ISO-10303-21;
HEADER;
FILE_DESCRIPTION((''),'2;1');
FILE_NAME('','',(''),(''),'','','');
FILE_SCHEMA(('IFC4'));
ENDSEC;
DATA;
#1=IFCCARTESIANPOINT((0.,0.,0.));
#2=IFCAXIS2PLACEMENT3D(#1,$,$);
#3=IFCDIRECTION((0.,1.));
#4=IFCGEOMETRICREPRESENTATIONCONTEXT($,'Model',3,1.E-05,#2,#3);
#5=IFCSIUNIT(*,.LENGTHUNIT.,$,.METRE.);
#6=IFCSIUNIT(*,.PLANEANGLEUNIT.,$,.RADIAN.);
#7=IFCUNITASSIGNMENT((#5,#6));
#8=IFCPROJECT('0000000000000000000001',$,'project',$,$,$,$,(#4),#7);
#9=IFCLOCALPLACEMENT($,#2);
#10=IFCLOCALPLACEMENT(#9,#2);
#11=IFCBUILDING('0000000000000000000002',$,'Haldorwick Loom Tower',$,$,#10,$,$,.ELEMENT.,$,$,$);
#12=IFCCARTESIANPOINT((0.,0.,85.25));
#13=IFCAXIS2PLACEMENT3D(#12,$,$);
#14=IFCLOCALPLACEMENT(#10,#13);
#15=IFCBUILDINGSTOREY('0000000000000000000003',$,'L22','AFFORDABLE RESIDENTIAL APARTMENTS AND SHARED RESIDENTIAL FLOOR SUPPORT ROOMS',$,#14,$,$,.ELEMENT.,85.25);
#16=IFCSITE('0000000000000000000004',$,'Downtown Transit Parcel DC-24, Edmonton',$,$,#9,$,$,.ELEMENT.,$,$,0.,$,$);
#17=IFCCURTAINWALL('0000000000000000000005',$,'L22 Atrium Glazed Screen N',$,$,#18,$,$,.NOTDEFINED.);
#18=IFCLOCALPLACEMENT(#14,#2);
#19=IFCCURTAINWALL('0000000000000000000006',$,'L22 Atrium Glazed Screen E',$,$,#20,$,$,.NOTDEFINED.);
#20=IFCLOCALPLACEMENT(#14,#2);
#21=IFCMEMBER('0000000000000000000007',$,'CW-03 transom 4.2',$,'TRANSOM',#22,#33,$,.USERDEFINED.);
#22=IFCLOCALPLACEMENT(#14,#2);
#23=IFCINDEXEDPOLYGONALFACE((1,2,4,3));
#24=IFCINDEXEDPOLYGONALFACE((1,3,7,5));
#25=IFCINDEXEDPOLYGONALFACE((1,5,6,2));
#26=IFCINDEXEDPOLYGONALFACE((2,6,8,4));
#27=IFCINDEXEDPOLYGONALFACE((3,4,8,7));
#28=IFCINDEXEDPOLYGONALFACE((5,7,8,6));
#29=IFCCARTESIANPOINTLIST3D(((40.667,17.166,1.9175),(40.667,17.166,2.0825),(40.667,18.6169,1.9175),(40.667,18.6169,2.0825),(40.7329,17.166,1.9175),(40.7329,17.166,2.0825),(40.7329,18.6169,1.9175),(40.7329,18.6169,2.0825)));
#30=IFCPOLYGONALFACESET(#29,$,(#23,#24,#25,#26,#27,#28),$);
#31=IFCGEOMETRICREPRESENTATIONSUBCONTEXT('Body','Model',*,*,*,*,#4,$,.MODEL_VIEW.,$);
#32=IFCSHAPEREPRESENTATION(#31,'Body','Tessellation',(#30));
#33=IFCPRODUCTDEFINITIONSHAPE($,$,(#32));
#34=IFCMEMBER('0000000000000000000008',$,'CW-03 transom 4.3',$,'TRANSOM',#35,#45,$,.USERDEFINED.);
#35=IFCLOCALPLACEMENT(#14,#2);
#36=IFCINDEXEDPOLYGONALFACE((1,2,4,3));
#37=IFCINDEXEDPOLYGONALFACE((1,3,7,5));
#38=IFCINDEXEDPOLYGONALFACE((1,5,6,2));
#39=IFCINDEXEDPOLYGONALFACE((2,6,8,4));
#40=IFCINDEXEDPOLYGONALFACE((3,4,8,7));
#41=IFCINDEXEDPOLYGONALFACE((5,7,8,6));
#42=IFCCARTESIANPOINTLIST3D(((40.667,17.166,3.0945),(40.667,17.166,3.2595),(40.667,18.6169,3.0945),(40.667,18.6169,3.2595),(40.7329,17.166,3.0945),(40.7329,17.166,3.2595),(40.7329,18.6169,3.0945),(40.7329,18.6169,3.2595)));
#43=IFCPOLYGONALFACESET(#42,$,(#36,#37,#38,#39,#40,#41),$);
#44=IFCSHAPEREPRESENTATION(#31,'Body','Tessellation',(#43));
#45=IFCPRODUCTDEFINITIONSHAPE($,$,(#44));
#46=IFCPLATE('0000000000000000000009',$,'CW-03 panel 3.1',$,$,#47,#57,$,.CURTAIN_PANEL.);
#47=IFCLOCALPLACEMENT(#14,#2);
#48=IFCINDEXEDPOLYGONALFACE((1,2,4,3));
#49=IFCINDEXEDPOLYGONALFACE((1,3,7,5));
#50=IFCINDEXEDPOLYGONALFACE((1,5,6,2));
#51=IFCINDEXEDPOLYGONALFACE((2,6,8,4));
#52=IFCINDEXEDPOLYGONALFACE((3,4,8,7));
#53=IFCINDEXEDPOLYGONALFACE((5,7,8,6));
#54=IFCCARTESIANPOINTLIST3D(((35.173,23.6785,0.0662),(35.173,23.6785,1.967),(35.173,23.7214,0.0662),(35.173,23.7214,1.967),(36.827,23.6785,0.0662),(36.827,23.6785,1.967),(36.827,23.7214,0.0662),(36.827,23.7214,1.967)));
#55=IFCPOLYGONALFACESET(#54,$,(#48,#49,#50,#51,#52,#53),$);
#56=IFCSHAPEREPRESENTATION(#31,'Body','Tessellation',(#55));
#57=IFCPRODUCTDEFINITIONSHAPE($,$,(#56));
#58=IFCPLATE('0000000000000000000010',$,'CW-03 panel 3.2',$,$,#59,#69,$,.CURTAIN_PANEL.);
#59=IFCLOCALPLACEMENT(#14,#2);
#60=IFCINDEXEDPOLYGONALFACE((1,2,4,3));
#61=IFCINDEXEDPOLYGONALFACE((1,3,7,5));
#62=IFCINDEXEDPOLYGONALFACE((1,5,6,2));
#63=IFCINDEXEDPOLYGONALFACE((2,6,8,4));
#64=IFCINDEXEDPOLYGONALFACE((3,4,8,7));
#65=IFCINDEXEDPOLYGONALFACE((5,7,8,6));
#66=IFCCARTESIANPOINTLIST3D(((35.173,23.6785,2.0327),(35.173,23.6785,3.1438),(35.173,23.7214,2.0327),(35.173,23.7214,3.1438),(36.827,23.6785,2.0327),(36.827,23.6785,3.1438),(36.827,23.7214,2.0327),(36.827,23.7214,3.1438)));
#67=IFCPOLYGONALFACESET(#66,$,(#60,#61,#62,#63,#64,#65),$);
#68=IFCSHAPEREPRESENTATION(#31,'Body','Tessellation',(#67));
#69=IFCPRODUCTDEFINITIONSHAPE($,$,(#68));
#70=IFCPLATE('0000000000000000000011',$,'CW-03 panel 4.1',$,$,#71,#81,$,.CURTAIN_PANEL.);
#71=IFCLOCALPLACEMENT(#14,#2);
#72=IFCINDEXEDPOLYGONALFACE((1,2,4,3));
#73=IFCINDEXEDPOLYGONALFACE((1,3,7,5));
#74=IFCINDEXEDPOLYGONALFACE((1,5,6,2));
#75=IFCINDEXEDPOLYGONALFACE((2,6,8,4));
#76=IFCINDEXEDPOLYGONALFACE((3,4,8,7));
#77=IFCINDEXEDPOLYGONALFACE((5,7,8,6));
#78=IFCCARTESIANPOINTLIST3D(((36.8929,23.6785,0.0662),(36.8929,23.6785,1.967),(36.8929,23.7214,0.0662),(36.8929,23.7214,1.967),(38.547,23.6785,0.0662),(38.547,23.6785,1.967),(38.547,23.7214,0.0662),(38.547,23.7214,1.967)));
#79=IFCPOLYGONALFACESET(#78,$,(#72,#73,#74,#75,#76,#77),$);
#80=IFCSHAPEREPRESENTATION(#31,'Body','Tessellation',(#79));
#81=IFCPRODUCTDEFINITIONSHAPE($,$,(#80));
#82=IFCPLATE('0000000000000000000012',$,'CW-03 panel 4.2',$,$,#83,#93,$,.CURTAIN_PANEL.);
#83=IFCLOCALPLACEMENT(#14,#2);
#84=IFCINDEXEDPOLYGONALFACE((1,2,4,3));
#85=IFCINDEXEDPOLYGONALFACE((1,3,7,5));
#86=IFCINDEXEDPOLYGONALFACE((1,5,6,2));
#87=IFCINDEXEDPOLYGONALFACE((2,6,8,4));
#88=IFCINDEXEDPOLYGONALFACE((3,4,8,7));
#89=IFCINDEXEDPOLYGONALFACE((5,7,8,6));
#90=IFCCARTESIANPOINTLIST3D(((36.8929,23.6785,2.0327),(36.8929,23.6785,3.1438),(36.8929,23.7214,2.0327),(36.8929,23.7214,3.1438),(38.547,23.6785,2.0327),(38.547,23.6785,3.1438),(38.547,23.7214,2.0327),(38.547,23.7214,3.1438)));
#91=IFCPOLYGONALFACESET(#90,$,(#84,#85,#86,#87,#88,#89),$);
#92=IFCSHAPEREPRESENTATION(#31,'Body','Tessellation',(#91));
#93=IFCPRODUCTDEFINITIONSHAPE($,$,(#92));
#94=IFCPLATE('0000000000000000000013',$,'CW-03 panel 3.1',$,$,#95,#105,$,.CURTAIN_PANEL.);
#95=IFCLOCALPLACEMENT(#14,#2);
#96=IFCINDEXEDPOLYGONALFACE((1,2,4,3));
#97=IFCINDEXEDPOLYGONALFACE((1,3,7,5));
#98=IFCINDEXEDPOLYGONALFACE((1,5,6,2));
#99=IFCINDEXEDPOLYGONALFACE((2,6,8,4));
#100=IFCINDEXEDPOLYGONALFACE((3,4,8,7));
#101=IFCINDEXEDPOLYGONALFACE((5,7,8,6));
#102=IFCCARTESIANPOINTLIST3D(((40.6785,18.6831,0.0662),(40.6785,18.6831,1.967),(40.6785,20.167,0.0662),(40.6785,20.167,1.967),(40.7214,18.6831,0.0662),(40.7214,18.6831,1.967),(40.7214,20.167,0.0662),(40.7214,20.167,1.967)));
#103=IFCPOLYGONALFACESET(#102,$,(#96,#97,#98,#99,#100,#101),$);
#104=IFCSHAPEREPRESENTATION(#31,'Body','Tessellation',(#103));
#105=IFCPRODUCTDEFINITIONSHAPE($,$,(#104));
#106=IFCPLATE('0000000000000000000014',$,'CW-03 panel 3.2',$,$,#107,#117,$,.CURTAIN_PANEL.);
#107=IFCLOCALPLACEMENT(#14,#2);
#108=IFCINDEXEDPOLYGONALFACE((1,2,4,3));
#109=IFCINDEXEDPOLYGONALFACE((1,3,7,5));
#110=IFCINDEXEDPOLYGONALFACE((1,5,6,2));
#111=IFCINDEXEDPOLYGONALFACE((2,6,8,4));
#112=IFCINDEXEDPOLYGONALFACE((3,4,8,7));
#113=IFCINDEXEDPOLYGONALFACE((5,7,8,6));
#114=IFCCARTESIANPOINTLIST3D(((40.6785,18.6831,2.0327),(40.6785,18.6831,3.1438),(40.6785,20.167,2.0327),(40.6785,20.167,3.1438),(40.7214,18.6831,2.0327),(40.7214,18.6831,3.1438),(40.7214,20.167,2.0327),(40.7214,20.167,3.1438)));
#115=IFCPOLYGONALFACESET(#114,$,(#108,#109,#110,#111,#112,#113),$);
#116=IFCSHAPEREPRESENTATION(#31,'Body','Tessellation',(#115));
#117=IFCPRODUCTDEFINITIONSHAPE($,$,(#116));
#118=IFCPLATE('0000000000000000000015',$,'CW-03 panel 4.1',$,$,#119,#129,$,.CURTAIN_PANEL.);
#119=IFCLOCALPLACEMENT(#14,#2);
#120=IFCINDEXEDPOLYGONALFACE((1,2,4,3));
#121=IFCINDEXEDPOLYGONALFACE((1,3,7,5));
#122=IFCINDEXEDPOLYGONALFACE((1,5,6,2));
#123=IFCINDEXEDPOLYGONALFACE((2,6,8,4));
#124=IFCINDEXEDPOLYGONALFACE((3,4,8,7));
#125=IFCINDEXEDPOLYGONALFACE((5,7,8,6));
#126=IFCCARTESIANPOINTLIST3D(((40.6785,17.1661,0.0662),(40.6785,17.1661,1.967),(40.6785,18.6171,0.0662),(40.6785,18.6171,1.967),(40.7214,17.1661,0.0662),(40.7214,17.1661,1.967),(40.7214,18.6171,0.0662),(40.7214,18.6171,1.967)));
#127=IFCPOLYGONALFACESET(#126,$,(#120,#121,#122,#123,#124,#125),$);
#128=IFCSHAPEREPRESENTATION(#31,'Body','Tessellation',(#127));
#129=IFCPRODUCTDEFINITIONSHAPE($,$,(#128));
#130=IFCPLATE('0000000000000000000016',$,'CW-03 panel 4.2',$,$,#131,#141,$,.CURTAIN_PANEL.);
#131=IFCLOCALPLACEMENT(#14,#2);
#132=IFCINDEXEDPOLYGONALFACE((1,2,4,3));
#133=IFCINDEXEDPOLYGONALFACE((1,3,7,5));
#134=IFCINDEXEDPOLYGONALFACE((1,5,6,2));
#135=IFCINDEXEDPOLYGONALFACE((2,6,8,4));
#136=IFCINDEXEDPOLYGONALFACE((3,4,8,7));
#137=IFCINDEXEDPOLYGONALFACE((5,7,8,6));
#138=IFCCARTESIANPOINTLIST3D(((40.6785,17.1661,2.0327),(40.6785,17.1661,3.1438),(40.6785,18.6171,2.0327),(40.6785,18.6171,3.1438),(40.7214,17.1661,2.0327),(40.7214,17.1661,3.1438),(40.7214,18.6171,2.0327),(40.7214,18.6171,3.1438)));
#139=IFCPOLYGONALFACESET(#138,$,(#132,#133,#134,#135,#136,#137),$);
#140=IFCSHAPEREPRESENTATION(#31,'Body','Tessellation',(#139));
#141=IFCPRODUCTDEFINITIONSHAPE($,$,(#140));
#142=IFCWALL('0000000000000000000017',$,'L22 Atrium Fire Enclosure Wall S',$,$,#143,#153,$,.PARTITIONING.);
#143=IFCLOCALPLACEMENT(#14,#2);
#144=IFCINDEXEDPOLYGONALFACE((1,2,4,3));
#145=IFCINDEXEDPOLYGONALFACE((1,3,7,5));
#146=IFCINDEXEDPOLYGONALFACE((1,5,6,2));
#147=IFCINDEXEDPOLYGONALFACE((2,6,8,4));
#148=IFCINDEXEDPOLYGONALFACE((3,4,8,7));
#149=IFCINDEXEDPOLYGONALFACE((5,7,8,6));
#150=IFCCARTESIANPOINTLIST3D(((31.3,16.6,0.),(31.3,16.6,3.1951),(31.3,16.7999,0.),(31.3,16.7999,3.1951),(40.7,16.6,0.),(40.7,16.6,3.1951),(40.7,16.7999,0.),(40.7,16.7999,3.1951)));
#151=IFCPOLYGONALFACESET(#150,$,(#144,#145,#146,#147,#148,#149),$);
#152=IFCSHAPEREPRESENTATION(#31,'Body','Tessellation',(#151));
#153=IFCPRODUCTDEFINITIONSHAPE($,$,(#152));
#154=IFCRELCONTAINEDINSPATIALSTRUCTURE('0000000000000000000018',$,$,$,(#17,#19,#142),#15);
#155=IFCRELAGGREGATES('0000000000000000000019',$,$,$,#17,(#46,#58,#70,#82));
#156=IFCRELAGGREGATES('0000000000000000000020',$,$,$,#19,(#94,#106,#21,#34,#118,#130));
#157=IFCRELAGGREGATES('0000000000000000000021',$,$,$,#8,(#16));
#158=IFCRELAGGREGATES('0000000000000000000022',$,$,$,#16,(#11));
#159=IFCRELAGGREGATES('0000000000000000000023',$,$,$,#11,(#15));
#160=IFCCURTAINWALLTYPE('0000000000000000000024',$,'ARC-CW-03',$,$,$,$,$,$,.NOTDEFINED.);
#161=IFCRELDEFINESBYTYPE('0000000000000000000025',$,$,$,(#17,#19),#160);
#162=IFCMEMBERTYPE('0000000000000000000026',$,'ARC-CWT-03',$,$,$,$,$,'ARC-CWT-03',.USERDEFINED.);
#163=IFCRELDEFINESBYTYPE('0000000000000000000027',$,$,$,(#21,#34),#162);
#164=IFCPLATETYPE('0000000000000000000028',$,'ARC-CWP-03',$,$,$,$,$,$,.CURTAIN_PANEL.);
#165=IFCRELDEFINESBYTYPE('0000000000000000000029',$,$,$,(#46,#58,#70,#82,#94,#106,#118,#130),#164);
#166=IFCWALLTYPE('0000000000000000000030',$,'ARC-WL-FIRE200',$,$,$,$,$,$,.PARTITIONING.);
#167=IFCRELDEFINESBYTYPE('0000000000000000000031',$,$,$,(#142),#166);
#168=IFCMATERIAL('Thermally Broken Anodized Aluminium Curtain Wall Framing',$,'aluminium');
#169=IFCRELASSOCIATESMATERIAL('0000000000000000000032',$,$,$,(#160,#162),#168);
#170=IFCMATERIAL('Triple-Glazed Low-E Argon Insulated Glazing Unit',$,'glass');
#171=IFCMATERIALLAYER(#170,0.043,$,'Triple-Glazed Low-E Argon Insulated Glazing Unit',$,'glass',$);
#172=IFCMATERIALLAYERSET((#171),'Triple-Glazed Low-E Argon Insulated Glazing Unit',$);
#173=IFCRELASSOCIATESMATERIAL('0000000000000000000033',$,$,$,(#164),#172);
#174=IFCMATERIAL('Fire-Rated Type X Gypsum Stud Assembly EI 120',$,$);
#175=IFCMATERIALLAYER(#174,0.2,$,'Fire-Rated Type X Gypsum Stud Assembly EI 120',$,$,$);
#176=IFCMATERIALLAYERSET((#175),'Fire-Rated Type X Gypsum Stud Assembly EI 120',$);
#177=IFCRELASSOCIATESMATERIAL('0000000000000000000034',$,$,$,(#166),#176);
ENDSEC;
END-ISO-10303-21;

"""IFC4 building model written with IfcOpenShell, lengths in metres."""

from ifc_helpers import new_model, si_unit, direction, frame, frame_2d, origin, origin_2d, place, context, subcontext, project, spatial, rectangle, extrude, material, layer, layer_set, material_profile, profile_set, type_object, element, aggregate, save


model = new_model("IFC4")

# Units and contexts
model_context = context("Model", 3, precision=1e-05, world=origin(), true_north=direction((0.0, 1.0)))
body_context = subcontext(model_context, "Body", "Model", "MODEL_VIEW")
ifc_project = project(units=[si_unit("LENGTHUNIT", "METRE"), si_unit("PLANEANGLEUNIT", "RADIAN")], contexts=[model_context])

# Site, building, storey
site_placement = place(None, origin())
site = spatial("IfcSite", under=ifc_project, at=site_placement, Name="Downtown Transit Parcel DC-24, Edmonton", CompositionType="ELEMENT", RefElevation=0.0)
building_placement = place(site_placement, origin())
building = spatial("IfcBuilding", under=site, at=building_placement, Name="Haldorwick Loom Tower", CompositionType="ELEMENT")
storey_placement = place(building_placement, frame((0.0, 0.0, 85.25)))
storey = spatial("IfcBuildingStorey", under=building, at=storey_placement, Name="L22", Description="AFFORDABLE RESIDENTIAL APARTMENTS AND SHARED RESIDENTIAL FLOOR SUPPORT ROOMS", CompositionType="ELEMENT", Elevation=85.25)

# Shared definitions
ifc_material_1 = material(Name="Thermally Broken Anodized Aluminium Curtain Wall Framing", Category="aluminium")
curtain_wall_type = type_object("IfcCurtainWallType", Name="ARC-CW-03", PredefinedType="NOTDEFINED", material=ifc_material_1)

# Curtain walls
curtain_wall_1_placement = place(storey_placement, origin())
curtain_wall_1 = element("IfcCurtainWall", 1, at=curtain_wall_1_placement, inside=storey, type_object=curtain_wall_type, Name="L22 Atrium Glazed Screen N", PredefinedType="NOTDEFINED")
curtain_wall_2_placement = place(storey_placement, origin())
curtain_wall_2 = element("IfcCurtainWall", 2, at=curtain_wall_2_placement, inside=storey, type_object=curtain_wall_type, Name="L22 Atrium Glazed Screen E", PredefinedType="NOTDEFINED")

# Members
ifc_material_profile_1 = material_profile(ifc_material_1, rectangle(XDim=0.0659, YDim=0.165, at=origin_2d()), Name="ALU_TRN_66X165", Category="aluminium")
ifc_profile_set_1 = profile_set([ifc_material_profile_1], Name="Thermally Broken Anodized Aluminium Curtain Wall Framing")
member_type_1 = type_object("IfcMemberType", Name="ARC-CWT-03", ElementType="ARC-CWT-03", PredefinedType="USERDEFINED", material=ifc_profile_set_1)
member_1_placement = place(storey_placement, frame((40.7, 18.6169, 2.0), z_axis=(0.0, -1.0, 0.0), x_axis=(1.0, 0.0, 0.0)))
member_1 = element("IfcMember", 3, at=member_1_placement, type_object=member_type_1, Name="CW-03 transom 4.2", ObjectType="TRANSOM", PredefinedType="USERDEFINED", context=body_context, shape_type="SweptSolid", body=[
    extrude(rectangle(XDim=0.0659, YDim=0.165, at=origin_2d()), origin(), (0.0, 0.0, 1.0), 1.4509),
])
member_2_placement = place(storey_placement, frame((40.7, 18.6169, 3.177), z_axis=(0.0, -1.0, 0.0), x_axis=(1.0, 0.0, 0.0)))
member_2 = element("IfcMember", 4, at=member_2_placement, type_object=member_type_1, Name="CW-03 transom 4.3", ObjectType="TRANSOM", PredefinedType="USERDEFINED", context=body_context, shape_type="SweptSolid", body=[
    extrude(rectangle(XDim=0.0659, YDim=0.165, at=origin_2d()), origin(), (0.0, 0.0, 1.0), 1.4509),
])

# Plates
ifc_material_2 = material(Name="Triple-Glazed Low-E Argon Insulated Glazing Unit", Category="glass")
ifc_layer_1 = layer(ifc_material_2, 0.043, Name="Triple-Glazed Low-E Argon Insulated Glazing Unit", Category="glass")
ifc_layer_set_1 = layer_set([ifc_layer_1], Name="Triple-Glazed Low-E Argon Insulated Glazing Unit")
plate_type = type_object("IfcPlateType", Name="ARC-CWP-03", PredefinedType="CURTAIN_PANEL", material=ifc_layer_set_1)
plate_1_placement = place(storey_placement, frame((36.0, 23.7, 0.0662), z_axis=(0.0, 0.0, 1.0), x_axis=(1.0, 0.0, 0.0)))
plate_1 = element("IfcPlate", 5, at=plate_1_placement, type_object=plate_type, Name="CW-03 panel 3.1", PredefinedType="CURTAIN_PANEL", context=body_context, shape_type="SweptSolid", body=[
    extrude(rectangle(XDim=1.6541, YDim=0.043, at=origin_2d()), origin(), (0.0, 0.0, 1.0), 1.9009),
])
plate_2_placement = place(storey_placement, frame((36.0, 23.7, 2.0327), z_axis=(0.0, 0.0, 1.0), x_axis=(1.0, 0.0, 0.0)))
plate_2 = element("IfcPlate", 6, at=plate_2_placement, type_object=plate_type, Name="CW-03 panel 3.2", PredefinedType="CURTAIN_PANEL", context=body_context, shape_type="SweptSolid", body=[
    extrude(rectangle(XDim=1.6541, YDim=0.043, at=origin_2d()), origin(), (0.0, 0.0, 1.0), 1.1111),
])
plate_3_placement = place(storey_placement, frame((37.72, 23.7, 0.0662), z_axis=(0.0, 0.0, 1.0), x_axis=(1.0, 0.0, 0.0)))
plate_3 = element("IfcPlate", 7, at=plate_3_placement, type_object=plate_type, Name="CW-03 panel 4.1", PredefinedType="CURTAIN_PANEL", context=body_context, shape_type="SweptSolid", body=[
    extrude(rectangle(XDim=1.6541, YDim=0.043, at=origin_2d()), origin(), (0.0, 0.0, 1.0), 1.9009),
])
plate_4_placement = place(storey_placement, frame((37.72, 23.7, 2.0327), z_axis=(0.0, 0.0, 1.0), x_axis=(1.0, 0.0, 0.0)))
plate_4 = element("IfcPlate", 8, at=plate_4_placement, type_object=plate_type, Name="CW-03 panel 4.2", PredefinedType="CURTAIN_PANEL", context=body_context, shape_type="SweptSolid", body=[
    extrude(rectangle(XDim=1.6541, YDim=0.043, at=origin_2d()), origin(), (0.0, 0.0, 1.0), 1.1111),
])
aggregate(curtain_wall_1, [plate_1, plate_2, plate_3, plate_4])
plate_5_placement = place(storey_placement, frame((40.7, 19.425, 0.0662), z_axis=(0.0, 0.0, 1.0), x_axis=(0.0, -1.0, 0.0)))
plate_5 = element("IfcPlate", 9, at=plate_5_placement, type_object=plate_type, Name="CW-03 panel 3.1", PredefinedType="CURTAIN_PANEL", context=body_context, shape_type="SweptSolid", body=[
    extrude(rectangle(XDim=1.4839, YDim=0.043, at=origin_2d()), origin(), (0.0, 0.0, 1.0), 1.9009),
])
plate_6_placement = place(storey_placement, frame((40.7, 19.425, 2.0327), z_axis=(0.0, 0.0, 1.0), x_axis=(0.0, -1.0, 0.0)))
plate_6 = element("IfcPlate", 10, at=plate_6_placement, type_object=plate_type, Name="CW-03 panel 3.2", PredefinedType="CURTAIN_PANEL", context=body_context, shape_type="SweptSolid", body=[
    extrude(rectangle(XDim=1.4839, YDim=0.043, at=origin_2d()), origin(), (0.0, 0.0, 1.0), 1.1111),
])
plate_7_placement = place(storey_placement, frame((40.7, 17.8916, 0.0662), z_axis=(0.0, 0.0, 1.0), x_axis=(0.0, -1.0, 0.0)))
plate_7 = element("IfcPlate", 11, at=plate_7_placement, type_object=plate_type, Name="CW-03 panel 4.1", PredefinedType="CURTAIN_PANEL", context=body_context, shape_type="SweptSolid", body=[
    extrude(rectangle(XDim=1.4509, YDim=0.043, at=origin_2d()), origin(), (0.0, 0.0, 1.0), 1.9009),
])
plate_8_placement = place(storey_placement, frame((40.7, 17.8916, 2.0327), z_axis=(0.0, 0.0, 1.0), x_axis=(0.0, -1.0, 0.0)))
plate_8 = element("IfcPlate", 12, at=plate_8_placement, type_object=plate_type, Name="CW-03 panel 4.2", PredefinedType="CURTAIN_PANEL", context=body_context, shape_type="SweptSolid", body=[
    extrude(rectangle(XDim=1.4509, YDim=0.043, at=origin_2d()), origin(), (0.0, 0.0, 1.0), 1.1111),
])
aggregate(curtain_wall_2, [plate_5, plate_6, member_1, member_2, plate_7, plate_8])

# Wall
ifc_material_3 = material(Name="Fire-Rated Type X Gypsum Stud Assembly EI 120")
ifc_layer_2 = layer(ifc_material_3, 0.2, Name="Fire-Rated Type X Gypsum Stud Assembly EI 120")
ifc_layer_set_2 = layer_set([ifc_layer_2], Name="Fire-Rated Type X Gypsum Stud Assembly EI 120")
wall_type = type_object("IfcWallType", Name="ARC-WL-FIRE200", PredefinedType="PARTITIONING", material=ifc_layer_set_2)
wall_placement = place(storey_placement, frame((40.7, 16.7, 0.0), z_axis=(0.0, 0.0, 1.0), x_axis=(-1.0, 0.0, 0.0)))
element("IfcWall", 13, at=wall_placement, inside=storey, type_object=wall_type, Name="L22 Atrium Fire Enclosure Wall S", PredefinedType="PARTITIONING", context=body_context, shape_type="SweptSolid", body=[
    extrude(rectangle(XDim=9.3999, YDim=0.2, at=frame_2d((4.7, 0.0))), origin(), (0.0, 0.0, 1.0), 3.1951),
])

save(model, "model.ifc")
